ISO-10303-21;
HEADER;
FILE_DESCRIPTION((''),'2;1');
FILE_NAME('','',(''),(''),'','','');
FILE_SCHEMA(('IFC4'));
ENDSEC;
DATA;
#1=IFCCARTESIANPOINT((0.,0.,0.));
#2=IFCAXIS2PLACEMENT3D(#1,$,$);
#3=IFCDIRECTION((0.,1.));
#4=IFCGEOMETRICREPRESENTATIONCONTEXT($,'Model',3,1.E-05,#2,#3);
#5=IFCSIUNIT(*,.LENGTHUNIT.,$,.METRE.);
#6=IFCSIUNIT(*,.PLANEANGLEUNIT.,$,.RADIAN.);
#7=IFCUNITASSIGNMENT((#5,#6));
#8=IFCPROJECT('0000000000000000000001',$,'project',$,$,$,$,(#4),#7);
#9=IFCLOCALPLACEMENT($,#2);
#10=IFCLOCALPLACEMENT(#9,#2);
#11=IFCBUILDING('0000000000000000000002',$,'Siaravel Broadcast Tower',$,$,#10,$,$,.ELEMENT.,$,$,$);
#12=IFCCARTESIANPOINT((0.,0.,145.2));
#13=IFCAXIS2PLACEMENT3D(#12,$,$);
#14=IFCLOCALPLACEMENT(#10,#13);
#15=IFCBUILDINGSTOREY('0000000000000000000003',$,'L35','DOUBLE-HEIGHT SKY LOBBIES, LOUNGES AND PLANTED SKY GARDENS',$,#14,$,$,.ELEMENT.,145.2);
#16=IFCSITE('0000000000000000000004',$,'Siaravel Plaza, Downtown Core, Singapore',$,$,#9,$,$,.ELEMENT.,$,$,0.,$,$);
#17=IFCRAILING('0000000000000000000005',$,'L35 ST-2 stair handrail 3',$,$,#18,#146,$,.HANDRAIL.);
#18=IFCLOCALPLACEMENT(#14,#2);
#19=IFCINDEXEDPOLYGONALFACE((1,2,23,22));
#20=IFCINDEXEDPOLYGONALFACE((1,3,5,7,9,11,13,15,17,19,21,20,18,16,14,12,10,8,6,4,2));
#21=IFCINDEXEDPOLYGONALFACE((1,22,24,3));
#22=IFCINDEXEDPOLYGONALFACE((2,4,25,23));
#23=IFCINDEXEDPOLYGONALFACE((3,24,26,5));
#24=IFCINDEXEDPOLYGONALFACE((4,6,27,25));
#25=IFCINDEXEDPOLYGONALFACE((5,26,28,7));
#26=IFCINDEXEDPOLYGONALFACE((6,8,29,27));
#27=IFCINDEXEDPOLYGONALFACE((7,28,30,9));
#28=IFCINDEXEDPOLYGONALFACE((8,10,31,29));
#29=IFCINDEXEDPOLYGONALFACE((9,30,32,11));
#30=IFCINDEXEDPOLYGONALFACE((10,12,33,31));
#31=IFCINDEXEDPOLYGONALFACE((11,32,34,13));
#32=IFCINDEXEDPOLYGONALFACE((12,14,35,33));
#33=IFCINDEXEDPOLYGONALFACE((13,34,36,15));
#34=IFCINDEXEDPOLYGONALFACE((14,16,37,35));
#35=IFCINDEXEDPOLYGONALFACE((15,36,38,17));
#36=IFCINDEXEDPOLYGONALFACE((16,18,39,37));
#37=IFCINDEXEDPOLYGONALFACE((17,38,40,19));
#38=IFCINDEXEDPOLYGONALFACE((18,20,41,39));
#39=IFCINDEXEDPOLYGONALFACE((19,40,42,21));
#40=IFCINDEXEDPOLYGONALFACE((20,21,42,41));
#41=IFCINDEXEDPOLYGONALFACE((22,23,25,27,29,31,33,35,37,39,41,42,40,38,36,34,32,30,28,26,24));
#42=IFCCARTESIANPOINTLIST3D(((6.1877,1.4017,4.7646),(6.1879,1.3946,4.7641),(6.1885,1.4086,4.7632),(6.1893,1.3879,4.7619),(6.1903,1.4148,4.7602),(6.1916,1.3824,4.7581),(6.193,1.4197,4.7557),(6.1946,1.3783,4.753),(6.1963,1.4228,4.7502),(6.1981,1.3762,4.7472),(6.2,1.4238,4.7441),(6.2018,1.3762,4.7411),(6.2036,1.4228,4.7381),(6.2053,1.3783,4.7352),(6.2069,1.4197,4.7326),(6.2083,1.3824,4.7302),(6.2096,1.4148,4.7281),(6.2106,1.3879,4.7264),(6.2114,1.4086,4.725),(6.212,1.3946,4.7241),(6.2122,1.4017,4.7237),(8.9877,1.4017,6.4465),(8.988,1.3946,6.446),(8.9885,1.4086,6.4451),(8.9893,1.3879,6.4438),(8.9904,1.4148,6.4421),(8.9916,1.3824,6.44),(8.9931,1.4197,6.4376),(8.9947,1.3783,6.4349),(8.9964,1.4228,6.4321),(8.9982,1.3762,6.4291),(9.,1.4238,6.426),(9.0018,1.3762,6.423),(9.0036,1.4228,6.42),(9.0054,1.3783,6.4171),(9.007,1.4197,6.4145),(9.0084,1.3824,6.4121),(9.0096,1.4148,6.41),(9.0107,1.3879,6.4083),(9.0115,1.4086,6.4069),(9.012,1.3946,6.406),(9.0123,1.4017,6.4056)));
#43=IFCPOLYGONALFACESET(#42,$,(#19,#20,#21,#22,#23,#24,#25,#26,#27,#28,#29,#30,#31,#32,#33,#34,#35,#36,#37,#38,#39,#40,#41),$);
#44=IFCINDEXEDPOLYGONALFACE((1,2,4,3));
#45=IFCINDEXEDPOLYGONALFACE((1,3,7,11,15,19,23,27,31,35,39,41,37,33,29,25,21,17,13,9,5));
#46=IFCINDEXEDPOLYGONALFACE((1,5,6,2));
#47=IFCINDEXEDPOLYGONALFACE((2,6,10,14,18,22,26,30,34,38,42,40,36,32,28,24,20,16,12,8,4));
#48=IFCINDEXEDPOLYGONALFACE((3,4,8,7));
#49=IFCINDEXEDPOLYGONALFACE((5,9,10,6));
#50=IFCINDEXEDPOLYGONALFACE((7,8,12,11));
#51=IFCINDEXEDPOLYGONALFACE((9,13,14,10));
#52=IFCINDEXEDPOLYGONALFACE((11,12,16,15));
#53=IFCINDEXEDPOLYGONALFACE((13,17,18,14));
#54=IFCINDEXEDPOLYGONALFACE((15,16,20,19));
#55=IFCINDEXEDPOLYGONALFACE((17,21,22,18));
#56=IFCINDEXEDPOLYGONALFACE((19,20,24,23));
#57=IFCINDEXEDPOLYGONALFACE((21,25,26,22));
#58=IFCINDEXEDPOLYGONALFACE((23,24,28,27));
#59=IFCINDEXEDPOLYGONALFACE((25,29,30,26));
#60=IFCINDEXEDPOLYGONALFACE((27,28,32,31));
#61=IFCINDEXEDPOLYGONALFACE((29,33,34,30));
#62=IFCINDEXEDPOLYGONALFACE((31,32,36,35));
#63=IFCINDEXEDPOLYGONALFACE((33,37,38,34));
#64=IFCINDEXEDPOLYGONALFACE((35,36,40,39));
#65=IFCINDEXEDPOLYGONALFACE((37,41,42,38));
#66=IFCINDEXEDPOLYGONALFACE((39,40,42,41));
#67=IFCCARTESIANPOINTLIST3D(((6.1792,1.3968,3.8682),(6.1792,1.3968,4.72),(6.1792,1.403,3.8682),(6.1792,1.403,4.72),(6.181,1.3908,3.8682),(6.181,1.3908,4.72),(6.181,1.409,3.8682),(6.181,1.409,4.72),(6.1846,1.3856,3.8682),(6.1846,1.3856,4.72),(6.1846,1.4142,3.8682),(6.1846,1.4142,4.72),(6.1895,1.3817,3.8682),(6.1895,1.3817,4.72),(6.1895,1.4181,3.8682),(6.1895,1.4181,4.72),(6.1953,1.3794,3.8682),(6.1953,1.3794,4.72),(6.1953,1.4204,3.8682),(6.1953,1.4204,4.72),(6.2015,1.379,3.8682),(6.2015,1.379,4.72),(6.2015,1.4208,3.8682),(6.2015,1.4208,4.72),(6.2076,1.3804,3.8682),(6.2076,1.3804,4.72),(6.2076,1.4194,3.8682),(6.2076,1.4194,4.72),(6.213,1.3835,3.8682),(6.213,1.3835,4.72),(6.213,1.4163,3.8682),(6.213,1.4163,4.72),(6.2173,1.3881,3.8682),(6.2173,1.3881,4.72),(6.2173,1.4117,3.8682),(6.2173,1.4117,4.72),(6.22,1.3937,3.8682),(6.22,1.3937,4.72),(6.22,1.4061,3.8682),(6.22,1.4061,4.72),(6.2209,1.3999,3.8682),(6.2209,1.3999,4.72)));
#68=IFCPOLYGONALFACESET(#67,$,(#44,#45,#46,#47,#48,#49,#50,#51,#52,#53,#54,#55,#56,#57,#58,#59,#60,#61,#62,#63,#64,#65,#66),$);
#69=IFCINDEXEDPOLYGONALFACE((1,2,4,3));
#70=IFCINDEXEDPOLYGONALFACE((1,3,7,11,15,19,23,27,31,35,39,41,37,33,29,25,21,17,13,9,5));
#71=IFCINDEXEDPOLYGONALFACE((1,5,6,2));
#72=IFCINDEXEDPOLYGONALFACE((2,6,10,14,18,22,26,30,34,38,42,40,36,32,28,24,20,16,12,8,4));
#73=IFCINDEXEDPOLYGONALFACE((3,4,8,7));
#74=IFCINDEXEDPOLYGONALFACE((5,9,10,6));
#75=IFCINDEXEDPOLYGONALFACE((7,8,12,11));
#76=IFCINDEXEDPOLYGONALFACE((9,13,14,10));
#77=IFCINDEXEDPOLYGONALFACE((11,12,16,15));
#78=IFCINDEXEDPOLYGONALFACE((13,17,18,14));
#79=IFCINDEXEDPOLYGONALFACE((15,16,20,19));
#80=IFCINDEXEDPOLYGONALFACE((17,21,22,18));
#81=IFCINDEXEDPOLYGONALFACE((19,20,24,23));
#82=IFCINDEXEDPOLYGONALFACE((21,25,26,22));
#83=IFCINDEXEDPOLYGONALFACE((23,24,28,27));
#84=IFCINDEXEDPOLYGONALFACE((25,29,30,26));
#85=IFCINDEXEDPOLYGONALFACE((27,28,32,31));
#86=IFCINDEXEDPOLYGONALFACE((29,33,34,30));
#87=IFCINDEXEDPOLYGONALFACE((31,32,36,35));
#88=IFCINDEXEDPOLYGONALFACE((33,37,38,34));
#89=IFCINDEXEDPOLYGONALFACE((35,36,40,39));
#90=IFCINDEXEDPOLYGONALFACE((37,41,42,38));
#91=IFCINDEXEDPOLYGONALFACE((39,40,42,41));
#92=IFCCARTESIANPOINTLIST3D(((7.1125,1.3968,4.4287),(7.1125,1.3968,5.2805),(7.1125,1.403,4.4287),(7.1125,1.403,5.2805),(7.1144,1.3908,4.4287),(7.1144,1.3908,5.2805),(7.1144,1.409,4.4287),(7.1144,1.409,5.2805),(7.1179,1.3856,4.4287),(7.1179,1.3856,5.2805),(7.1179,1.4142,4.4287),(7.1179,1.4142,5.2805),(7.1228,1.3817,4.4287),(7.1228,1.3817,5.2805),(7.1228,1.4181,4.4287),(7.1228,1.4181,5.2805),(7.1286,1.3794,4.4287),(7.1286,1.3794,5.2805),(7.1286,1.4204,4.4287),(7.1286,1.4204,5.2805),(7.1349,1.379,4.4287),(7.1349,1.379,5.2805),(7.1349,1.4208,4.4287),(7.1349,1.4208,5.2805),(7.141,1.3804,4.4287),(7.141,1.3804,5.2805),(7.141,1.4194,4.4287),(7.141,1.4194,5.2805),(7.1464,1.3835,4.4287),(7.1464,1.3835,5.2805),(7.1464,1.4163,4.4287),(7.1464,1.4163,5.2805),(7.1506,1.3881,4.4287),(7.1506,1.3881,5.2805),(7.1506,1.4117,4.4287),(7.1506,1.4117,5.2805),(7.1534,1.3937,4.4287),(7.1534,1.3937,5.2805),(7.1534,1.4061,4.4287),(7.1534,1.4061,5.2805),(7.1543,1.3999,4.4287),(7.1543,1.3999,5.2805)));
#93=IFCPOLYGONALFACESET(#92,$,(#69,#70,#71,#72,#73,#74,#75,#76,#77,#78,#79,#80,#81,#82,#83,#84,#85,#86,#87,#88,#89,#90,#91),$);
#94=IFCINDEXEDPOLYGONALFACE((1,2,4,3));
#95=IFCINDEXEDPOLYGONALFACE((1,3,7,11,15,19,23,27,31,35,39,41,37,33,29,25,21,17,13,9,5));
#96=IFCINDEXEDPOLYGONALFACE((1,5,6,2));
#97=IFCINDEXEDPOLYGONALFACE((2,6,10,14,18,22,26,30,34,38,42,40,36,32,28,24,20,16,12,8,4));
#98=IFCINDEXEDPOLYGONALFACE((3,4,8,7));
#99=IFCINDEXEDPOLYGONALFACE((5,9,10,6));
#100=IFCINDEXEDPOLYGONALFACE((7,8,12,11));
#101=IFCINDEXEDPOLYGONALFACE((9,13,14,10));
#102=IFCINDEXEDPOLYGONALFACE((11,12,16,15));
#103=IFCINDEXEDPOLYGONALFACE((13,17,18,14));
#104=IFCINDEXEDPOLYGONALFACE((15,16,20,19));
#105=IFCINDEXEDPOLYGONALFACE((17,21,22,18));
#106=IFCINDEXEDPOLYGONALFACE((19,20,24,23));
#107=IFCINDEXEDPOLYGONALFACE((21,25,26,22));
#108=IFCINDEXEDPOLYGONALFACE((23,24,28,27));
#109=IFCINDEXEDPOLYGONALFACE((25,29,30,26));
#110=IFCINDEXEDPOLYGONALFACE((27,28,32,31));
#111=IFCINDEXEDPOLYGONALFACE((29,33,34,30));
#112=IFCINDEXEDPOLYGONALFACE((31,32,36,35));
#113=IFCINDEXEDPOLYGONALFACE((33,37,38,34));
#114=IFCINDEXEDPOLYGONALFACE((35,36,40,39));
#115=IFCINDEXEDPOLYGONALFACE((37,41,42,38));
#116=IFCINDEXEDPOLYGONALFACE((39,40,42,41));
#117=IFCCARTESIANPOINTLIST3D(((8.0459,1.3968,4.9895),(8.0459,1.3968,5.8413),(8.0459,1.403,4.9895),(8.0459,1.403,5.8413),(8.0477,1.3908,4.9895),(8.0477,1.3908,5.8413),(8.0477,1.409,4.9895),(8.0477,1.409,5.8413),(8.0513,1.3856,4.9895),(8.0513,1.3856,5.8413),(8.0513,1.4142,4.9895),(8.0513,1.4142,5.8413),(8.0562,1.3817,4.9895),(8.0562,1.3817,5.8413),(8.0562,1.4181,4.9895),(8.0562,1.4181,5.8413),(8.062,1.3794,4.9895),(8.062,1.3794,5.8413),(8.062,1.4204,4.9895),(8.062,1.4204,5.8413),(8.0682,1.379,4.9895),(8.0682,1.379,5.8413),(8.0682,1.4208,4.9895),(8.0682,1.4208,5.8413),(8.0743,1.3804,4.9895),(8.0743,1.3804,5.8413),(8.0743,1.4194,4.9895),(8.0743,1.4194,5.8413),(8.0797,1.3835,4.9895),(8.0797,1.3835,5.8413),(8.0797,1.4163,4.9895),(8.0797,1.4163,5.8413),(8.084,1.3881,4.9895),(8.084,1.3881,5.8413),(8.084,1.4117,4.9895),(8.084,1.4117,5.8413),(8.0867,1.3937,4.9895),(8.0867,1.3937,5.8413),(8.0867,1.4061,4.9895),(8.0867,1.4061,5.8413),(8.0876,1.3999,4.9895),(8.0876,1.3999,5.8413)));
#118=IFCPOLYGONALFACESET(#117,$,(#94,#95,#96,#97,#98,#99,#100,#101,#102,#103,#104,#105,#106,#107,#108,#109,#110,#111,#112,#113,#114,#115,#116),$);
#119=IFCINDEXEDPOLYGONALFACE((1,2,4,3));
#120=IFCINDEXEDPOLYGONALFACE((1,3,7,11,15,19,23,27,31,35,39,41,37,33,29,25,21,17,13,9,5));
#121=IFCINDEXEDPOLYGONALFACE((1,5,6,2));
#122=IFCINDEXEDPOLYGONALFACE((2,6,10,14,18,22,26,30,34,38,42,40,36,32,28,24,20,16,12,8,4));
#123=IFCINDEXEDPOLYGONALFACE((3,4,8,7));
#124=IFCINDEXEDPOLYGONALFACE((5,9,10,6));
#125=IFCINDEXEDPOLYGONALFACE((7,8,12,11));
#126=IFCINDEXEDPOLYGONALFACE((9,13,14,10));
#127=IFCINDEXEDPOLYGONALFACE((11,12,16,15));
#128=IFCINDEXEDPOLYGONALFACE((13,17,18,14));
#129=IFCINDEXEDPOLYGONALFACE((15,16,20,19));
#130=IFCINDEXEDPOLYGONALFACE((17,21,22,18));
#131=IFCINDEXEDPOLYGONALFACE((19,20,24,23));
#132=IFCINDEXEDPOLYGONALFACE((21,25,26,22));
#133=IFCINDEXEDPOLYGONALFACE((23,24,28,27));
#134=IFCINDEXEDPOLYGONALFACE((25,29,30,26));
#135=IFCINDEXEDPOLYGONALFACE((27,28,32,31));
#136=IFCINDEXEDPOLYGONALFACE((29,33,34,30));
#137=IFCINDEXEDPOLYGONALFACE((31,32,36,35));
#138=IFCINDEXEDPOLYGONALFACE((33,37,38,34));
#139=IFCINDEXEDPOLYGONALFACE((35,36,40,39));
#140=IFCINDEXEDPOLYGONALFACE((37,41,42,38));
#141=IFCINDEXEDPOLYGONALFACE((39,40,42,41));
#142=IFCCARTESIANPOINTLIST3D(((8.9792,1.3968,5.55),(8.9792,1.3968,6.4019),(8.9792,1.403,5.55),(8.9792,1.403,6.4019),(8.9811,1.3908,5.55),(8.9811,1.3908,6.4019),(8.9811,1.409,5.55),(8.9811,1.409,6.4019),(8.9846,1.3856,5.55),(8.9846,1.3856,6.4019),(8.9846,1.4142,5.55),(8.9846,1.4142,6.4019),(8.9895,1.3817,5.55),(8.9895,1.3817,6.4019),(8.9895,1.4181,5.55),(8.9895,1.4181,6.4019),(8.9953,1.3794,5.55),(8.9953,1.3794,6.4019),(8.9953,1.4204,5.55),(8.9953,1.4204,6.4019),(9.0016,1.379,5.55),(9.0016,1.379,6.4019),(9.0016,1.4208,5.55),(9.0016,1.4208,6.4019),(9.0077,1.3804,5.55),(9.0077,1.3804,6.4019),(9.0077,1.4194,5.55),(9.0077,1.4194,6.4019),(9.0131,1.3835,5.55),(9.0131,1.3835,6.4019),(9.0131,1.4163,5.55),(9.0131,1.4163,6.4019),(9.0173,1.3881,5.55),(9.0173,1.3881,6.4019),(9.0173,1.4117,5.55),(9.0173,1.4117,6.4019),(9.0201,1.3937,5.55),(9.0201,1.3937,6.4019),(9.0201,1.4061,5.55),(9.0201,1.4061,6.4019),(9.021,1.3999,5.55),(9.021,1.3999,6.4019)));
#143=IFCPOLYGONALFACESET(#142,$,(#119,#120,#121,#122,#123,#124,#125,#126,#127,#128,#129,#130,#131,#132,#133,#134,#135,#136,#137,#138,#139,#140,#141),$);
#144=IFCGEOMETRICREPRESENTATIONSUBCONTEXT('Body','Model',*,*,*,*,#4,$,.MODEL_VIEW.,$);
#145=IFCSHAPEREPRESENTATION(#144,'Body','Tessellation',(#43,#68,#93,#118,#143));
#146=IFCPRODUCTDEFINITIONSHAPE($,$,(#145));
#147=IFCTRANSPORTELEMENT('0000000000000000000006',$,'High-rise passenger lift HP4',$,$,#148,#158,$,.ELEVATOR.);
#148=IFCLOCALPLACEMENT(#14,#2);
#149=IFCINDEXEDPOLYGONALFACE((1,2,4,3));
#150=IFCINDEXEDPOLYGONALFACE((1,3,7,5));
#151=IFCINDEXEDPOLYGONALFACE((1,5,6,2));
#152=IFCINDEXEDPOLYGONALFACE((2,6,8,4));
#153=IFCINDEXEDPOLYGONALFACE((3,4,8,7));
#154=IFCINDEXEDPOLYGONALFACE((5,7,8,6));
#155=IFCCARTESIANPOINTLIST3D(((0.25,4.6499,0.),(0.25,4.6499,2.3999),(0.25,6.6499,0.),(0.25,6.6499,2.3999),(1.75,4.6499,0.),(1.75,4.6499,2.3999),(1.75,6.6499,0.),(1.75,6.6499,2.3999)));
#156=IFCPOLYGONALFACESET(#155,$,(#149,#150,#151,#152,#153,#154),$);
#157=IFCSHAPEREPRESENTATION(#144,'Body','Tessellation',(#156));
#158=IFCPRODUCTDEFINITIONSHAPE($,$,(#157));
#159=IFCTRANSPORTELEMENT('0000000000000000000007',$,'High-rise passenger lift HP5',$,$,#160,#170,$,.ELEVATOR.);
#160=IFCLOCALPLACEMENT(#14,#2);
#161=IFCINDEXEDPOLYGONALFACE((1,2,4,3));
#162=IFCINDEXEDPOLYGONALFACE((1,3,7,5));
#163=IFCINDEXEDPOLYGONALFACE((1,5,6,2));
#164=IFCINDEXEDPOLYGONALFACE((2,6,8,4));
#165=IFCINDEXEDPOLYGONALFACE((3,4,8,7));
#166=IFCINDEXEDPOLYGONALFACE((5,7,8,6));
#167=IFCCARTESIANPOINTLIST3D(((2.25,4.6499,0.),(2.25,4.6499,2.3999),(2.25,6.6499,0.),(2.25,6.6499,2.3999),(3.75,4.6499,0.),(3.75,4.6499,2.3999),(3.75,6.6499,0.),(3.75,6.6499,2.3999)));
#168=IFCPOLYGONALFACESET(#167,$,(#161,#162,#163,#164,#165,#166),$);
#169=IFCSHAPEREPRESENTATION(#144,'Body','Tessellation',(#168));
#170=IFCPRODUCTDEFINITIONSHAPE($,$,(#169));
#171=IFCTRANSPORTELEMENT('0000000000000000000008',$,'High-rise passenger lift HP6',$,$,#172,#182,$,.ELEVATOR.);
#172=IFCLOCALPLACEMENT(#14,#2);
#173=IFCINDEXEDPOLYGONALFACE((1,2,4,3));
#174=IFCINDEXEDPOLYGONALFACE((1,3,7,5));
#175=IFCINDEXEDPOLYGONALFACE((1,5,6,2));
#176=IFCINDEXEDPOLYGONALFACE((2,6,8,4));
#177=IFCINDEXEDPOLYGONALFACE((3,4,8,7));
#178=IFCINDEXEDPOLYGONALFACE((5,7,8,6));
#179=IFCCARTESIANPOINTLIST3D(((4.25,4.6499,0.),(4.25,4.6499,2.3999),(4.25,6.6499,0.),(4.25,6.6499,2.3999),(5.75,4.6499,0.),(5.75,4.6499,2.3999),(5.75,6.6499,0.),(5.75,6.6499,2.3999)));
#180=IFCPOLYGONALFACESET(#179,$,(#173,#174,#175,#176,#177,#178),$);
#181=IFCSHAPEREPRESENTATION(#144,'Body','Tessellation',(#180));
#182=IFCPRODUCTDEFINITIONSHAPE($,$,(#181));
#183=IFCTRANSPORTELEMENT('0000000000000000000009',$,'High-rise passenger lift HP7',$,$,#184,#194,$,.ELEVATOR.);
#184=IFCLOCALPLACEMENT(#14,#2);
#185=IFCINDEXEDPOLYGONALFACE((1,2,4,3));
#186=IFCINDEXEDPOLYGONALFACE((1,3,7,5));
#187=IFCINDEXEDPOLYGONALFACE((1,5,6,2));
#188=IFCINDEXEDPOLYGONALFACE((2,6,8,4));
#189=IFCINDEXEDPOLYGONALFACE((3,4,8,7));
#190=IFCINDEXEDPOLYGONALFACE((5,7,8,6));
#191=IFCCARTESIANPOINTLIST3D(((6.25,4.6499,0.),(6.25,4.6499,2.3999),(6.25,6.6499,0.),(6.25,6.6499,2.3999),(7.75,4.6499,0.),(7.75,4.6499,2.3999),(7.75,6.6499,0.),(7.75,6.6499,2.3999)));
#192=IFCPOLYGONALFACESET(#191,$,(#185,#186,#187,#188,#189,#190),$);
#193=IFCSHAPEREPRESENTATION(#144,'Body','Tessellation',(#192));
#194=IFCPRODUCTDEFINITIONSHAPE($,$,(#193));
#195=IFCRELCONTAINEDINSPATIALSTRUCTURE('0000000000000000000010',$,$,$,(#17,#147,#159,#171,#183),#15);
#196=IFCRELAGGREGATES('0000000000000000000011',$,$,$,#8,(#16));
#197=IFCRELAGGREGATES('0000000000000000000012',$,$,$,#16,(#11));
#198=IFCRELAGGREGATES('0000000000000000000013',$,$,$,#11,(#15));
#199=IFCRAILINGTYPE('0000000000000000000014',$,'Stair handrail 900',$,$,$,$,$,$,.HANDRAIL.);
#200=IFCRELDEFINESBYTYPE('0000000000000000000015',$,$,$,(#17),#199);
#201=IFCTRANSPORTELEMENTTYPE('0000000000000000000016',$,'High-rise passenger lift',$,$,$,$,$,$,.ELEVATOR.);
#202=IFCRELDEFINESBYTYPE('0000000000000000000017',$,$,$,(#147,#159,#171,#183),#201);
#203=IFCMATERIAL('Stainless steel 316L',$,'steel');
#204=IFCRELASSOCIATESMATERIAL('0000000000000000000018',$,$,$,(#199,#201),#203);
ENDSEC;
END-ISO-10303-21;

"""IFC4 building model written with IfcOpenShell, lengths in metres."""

from ifc_helpers import new_model, si_unit, direction, frame, origin, origin_2d, place, context, subcontext, project, spatial, rectangle, circle, extrude, material, type_object, element, save


model = new_model("IFC4")

# Units and contexts
model_context = context("Model", 3, precision=1e-05, world=origin(), true_north=direction((0.0, 1.0)))
body_context = subcontext(model_context, "Body", "Model", "MODEL_VIEW")
ifc_project = project(units=[si_unit("LENGTHUNIT", "METRE"), si_unit("PLANEANGLEUNIT", "RADIAN")], contexts=[model_context])

# Site, building, storey
site_placement = place(None, origin())
site = spatial("IfcSite", under=ifc_project, at=site_placement, Name="Siaravel Plaza, Downtown Core, Singapore", CompositionType="ELEMENT", RefElevation=0.0)
building_placement = place(site_placement, origin())
building = spatial("IfcBuilding", under=site, at=building_placement, Name="Siaravel Broadcast Tower", CompositionType="ELEMENT")
storey_placement = place(building_placement, frame((0.0, 0.0, 145.2)))
storey = spatial("IfcBuildingStorey", under=building, at=storey_placement, Name="L35", Description="DOUBLE-HEIGHT SKY LOBBIES, LOUNGES AND PLANTED SKY GARDENS", CompositionType="ELEMENT", Elevation=145.2)

# Railing
ifc_material_1 = material(Name="Stainless steel 316L", Category="steel")
railing_type_1 = type_object("IfcRailingType", Name="Stair handrail 900", PredefinedType="HANDRAIL", material=ifc_material_1)
for number, where, name in (
    (1, (6.2, 1.3999, 3.8682), "L35 ST-2 stair handrail 3"),
):
    element("IfcRailing", number, at=place(storey_placement, frame(where)), inside=storey, type_object=railing_type_1, Name=name, PredefinedType="HANDRAIL", context=body_context, shape_type="SweptSolid", body=[
        extrude(circle(Radius=0.0239, at=origin_2d()), frame((0.0, 0.0, 0.876), z_axis=(0.857242, 0.0, 0.514913), x_axis=(0.0, 1.0, 0.0)), (0.0, 0.0, 1.0), 3.2664),
        extrude(circle(Radius=0.021, at=origin_2d()), origin(), (0.0, 0.0, 1.0), 0.8518),
        extrude(circle(Radius=0.021, at=origin_2d()), frame((0.9333, 0.0, 0.5605)), (0.0, 0.0, 1.0), 0.8518),
        extrude(circle(Radius=0.021, at=origin_2d()), frame((1.8667, 0.0, 1.1213)), (0.0, 0.0, 1.0), 0.8518),
        extrude(circle(Radius=0.021, at=origin_2d()), frame((2.8, 0.0, 1.6819)), (0.0, 0.0, 1.0), 0.8518),
    ])

# Transport elements
transport_element_type = type_object("IfcTransportElementType", Name="High-rise passenger lift", PredefinedType="ELEVATOR", material=ifc_material_1)
for number, where, z_axis, x_axis, name in (
    (2, (1.0, 5.6499, 0.0), (0.0, 0.0, 1.0), (1.0, 0.0, 0.0), "High-rise passenger lift HP4"),
    (3, (3.0, 5.6499, 0.0), (0.0, 0.0, 1.0), (1.0, 0.0, 0.0), "High-rise passenger lift HP5"),
    (4, (5.0, 5.6499, 0.0), (0.0, 0.0, 1.0), (1.0, 0.0, 0.0), "High-rise passenger lift HP6"),
    (5, (7.0, 5.6499, 0.0), (0.0, 0.0, 1.0), (1.0, 0.0, 0.0), "High-rise passenger lift HP7"),
):
    element("IfcTransportElement", number, at=place(storey_placement, frame(where, z_axis=z_axis, x_axis=x_axis)), inside=storey, type_object=transport_element_type, Name=name, PredefinedType="ELEVATOR", context=body_context, shape_type="SweptSolid", body=[
        extrude(rectangle(XDim=1.5, YDim=2.0, at=origin_2d()), origin(), (0.0, 0.0, 1.0), 2.3999),
    ])

save(model, "model.ifc")
